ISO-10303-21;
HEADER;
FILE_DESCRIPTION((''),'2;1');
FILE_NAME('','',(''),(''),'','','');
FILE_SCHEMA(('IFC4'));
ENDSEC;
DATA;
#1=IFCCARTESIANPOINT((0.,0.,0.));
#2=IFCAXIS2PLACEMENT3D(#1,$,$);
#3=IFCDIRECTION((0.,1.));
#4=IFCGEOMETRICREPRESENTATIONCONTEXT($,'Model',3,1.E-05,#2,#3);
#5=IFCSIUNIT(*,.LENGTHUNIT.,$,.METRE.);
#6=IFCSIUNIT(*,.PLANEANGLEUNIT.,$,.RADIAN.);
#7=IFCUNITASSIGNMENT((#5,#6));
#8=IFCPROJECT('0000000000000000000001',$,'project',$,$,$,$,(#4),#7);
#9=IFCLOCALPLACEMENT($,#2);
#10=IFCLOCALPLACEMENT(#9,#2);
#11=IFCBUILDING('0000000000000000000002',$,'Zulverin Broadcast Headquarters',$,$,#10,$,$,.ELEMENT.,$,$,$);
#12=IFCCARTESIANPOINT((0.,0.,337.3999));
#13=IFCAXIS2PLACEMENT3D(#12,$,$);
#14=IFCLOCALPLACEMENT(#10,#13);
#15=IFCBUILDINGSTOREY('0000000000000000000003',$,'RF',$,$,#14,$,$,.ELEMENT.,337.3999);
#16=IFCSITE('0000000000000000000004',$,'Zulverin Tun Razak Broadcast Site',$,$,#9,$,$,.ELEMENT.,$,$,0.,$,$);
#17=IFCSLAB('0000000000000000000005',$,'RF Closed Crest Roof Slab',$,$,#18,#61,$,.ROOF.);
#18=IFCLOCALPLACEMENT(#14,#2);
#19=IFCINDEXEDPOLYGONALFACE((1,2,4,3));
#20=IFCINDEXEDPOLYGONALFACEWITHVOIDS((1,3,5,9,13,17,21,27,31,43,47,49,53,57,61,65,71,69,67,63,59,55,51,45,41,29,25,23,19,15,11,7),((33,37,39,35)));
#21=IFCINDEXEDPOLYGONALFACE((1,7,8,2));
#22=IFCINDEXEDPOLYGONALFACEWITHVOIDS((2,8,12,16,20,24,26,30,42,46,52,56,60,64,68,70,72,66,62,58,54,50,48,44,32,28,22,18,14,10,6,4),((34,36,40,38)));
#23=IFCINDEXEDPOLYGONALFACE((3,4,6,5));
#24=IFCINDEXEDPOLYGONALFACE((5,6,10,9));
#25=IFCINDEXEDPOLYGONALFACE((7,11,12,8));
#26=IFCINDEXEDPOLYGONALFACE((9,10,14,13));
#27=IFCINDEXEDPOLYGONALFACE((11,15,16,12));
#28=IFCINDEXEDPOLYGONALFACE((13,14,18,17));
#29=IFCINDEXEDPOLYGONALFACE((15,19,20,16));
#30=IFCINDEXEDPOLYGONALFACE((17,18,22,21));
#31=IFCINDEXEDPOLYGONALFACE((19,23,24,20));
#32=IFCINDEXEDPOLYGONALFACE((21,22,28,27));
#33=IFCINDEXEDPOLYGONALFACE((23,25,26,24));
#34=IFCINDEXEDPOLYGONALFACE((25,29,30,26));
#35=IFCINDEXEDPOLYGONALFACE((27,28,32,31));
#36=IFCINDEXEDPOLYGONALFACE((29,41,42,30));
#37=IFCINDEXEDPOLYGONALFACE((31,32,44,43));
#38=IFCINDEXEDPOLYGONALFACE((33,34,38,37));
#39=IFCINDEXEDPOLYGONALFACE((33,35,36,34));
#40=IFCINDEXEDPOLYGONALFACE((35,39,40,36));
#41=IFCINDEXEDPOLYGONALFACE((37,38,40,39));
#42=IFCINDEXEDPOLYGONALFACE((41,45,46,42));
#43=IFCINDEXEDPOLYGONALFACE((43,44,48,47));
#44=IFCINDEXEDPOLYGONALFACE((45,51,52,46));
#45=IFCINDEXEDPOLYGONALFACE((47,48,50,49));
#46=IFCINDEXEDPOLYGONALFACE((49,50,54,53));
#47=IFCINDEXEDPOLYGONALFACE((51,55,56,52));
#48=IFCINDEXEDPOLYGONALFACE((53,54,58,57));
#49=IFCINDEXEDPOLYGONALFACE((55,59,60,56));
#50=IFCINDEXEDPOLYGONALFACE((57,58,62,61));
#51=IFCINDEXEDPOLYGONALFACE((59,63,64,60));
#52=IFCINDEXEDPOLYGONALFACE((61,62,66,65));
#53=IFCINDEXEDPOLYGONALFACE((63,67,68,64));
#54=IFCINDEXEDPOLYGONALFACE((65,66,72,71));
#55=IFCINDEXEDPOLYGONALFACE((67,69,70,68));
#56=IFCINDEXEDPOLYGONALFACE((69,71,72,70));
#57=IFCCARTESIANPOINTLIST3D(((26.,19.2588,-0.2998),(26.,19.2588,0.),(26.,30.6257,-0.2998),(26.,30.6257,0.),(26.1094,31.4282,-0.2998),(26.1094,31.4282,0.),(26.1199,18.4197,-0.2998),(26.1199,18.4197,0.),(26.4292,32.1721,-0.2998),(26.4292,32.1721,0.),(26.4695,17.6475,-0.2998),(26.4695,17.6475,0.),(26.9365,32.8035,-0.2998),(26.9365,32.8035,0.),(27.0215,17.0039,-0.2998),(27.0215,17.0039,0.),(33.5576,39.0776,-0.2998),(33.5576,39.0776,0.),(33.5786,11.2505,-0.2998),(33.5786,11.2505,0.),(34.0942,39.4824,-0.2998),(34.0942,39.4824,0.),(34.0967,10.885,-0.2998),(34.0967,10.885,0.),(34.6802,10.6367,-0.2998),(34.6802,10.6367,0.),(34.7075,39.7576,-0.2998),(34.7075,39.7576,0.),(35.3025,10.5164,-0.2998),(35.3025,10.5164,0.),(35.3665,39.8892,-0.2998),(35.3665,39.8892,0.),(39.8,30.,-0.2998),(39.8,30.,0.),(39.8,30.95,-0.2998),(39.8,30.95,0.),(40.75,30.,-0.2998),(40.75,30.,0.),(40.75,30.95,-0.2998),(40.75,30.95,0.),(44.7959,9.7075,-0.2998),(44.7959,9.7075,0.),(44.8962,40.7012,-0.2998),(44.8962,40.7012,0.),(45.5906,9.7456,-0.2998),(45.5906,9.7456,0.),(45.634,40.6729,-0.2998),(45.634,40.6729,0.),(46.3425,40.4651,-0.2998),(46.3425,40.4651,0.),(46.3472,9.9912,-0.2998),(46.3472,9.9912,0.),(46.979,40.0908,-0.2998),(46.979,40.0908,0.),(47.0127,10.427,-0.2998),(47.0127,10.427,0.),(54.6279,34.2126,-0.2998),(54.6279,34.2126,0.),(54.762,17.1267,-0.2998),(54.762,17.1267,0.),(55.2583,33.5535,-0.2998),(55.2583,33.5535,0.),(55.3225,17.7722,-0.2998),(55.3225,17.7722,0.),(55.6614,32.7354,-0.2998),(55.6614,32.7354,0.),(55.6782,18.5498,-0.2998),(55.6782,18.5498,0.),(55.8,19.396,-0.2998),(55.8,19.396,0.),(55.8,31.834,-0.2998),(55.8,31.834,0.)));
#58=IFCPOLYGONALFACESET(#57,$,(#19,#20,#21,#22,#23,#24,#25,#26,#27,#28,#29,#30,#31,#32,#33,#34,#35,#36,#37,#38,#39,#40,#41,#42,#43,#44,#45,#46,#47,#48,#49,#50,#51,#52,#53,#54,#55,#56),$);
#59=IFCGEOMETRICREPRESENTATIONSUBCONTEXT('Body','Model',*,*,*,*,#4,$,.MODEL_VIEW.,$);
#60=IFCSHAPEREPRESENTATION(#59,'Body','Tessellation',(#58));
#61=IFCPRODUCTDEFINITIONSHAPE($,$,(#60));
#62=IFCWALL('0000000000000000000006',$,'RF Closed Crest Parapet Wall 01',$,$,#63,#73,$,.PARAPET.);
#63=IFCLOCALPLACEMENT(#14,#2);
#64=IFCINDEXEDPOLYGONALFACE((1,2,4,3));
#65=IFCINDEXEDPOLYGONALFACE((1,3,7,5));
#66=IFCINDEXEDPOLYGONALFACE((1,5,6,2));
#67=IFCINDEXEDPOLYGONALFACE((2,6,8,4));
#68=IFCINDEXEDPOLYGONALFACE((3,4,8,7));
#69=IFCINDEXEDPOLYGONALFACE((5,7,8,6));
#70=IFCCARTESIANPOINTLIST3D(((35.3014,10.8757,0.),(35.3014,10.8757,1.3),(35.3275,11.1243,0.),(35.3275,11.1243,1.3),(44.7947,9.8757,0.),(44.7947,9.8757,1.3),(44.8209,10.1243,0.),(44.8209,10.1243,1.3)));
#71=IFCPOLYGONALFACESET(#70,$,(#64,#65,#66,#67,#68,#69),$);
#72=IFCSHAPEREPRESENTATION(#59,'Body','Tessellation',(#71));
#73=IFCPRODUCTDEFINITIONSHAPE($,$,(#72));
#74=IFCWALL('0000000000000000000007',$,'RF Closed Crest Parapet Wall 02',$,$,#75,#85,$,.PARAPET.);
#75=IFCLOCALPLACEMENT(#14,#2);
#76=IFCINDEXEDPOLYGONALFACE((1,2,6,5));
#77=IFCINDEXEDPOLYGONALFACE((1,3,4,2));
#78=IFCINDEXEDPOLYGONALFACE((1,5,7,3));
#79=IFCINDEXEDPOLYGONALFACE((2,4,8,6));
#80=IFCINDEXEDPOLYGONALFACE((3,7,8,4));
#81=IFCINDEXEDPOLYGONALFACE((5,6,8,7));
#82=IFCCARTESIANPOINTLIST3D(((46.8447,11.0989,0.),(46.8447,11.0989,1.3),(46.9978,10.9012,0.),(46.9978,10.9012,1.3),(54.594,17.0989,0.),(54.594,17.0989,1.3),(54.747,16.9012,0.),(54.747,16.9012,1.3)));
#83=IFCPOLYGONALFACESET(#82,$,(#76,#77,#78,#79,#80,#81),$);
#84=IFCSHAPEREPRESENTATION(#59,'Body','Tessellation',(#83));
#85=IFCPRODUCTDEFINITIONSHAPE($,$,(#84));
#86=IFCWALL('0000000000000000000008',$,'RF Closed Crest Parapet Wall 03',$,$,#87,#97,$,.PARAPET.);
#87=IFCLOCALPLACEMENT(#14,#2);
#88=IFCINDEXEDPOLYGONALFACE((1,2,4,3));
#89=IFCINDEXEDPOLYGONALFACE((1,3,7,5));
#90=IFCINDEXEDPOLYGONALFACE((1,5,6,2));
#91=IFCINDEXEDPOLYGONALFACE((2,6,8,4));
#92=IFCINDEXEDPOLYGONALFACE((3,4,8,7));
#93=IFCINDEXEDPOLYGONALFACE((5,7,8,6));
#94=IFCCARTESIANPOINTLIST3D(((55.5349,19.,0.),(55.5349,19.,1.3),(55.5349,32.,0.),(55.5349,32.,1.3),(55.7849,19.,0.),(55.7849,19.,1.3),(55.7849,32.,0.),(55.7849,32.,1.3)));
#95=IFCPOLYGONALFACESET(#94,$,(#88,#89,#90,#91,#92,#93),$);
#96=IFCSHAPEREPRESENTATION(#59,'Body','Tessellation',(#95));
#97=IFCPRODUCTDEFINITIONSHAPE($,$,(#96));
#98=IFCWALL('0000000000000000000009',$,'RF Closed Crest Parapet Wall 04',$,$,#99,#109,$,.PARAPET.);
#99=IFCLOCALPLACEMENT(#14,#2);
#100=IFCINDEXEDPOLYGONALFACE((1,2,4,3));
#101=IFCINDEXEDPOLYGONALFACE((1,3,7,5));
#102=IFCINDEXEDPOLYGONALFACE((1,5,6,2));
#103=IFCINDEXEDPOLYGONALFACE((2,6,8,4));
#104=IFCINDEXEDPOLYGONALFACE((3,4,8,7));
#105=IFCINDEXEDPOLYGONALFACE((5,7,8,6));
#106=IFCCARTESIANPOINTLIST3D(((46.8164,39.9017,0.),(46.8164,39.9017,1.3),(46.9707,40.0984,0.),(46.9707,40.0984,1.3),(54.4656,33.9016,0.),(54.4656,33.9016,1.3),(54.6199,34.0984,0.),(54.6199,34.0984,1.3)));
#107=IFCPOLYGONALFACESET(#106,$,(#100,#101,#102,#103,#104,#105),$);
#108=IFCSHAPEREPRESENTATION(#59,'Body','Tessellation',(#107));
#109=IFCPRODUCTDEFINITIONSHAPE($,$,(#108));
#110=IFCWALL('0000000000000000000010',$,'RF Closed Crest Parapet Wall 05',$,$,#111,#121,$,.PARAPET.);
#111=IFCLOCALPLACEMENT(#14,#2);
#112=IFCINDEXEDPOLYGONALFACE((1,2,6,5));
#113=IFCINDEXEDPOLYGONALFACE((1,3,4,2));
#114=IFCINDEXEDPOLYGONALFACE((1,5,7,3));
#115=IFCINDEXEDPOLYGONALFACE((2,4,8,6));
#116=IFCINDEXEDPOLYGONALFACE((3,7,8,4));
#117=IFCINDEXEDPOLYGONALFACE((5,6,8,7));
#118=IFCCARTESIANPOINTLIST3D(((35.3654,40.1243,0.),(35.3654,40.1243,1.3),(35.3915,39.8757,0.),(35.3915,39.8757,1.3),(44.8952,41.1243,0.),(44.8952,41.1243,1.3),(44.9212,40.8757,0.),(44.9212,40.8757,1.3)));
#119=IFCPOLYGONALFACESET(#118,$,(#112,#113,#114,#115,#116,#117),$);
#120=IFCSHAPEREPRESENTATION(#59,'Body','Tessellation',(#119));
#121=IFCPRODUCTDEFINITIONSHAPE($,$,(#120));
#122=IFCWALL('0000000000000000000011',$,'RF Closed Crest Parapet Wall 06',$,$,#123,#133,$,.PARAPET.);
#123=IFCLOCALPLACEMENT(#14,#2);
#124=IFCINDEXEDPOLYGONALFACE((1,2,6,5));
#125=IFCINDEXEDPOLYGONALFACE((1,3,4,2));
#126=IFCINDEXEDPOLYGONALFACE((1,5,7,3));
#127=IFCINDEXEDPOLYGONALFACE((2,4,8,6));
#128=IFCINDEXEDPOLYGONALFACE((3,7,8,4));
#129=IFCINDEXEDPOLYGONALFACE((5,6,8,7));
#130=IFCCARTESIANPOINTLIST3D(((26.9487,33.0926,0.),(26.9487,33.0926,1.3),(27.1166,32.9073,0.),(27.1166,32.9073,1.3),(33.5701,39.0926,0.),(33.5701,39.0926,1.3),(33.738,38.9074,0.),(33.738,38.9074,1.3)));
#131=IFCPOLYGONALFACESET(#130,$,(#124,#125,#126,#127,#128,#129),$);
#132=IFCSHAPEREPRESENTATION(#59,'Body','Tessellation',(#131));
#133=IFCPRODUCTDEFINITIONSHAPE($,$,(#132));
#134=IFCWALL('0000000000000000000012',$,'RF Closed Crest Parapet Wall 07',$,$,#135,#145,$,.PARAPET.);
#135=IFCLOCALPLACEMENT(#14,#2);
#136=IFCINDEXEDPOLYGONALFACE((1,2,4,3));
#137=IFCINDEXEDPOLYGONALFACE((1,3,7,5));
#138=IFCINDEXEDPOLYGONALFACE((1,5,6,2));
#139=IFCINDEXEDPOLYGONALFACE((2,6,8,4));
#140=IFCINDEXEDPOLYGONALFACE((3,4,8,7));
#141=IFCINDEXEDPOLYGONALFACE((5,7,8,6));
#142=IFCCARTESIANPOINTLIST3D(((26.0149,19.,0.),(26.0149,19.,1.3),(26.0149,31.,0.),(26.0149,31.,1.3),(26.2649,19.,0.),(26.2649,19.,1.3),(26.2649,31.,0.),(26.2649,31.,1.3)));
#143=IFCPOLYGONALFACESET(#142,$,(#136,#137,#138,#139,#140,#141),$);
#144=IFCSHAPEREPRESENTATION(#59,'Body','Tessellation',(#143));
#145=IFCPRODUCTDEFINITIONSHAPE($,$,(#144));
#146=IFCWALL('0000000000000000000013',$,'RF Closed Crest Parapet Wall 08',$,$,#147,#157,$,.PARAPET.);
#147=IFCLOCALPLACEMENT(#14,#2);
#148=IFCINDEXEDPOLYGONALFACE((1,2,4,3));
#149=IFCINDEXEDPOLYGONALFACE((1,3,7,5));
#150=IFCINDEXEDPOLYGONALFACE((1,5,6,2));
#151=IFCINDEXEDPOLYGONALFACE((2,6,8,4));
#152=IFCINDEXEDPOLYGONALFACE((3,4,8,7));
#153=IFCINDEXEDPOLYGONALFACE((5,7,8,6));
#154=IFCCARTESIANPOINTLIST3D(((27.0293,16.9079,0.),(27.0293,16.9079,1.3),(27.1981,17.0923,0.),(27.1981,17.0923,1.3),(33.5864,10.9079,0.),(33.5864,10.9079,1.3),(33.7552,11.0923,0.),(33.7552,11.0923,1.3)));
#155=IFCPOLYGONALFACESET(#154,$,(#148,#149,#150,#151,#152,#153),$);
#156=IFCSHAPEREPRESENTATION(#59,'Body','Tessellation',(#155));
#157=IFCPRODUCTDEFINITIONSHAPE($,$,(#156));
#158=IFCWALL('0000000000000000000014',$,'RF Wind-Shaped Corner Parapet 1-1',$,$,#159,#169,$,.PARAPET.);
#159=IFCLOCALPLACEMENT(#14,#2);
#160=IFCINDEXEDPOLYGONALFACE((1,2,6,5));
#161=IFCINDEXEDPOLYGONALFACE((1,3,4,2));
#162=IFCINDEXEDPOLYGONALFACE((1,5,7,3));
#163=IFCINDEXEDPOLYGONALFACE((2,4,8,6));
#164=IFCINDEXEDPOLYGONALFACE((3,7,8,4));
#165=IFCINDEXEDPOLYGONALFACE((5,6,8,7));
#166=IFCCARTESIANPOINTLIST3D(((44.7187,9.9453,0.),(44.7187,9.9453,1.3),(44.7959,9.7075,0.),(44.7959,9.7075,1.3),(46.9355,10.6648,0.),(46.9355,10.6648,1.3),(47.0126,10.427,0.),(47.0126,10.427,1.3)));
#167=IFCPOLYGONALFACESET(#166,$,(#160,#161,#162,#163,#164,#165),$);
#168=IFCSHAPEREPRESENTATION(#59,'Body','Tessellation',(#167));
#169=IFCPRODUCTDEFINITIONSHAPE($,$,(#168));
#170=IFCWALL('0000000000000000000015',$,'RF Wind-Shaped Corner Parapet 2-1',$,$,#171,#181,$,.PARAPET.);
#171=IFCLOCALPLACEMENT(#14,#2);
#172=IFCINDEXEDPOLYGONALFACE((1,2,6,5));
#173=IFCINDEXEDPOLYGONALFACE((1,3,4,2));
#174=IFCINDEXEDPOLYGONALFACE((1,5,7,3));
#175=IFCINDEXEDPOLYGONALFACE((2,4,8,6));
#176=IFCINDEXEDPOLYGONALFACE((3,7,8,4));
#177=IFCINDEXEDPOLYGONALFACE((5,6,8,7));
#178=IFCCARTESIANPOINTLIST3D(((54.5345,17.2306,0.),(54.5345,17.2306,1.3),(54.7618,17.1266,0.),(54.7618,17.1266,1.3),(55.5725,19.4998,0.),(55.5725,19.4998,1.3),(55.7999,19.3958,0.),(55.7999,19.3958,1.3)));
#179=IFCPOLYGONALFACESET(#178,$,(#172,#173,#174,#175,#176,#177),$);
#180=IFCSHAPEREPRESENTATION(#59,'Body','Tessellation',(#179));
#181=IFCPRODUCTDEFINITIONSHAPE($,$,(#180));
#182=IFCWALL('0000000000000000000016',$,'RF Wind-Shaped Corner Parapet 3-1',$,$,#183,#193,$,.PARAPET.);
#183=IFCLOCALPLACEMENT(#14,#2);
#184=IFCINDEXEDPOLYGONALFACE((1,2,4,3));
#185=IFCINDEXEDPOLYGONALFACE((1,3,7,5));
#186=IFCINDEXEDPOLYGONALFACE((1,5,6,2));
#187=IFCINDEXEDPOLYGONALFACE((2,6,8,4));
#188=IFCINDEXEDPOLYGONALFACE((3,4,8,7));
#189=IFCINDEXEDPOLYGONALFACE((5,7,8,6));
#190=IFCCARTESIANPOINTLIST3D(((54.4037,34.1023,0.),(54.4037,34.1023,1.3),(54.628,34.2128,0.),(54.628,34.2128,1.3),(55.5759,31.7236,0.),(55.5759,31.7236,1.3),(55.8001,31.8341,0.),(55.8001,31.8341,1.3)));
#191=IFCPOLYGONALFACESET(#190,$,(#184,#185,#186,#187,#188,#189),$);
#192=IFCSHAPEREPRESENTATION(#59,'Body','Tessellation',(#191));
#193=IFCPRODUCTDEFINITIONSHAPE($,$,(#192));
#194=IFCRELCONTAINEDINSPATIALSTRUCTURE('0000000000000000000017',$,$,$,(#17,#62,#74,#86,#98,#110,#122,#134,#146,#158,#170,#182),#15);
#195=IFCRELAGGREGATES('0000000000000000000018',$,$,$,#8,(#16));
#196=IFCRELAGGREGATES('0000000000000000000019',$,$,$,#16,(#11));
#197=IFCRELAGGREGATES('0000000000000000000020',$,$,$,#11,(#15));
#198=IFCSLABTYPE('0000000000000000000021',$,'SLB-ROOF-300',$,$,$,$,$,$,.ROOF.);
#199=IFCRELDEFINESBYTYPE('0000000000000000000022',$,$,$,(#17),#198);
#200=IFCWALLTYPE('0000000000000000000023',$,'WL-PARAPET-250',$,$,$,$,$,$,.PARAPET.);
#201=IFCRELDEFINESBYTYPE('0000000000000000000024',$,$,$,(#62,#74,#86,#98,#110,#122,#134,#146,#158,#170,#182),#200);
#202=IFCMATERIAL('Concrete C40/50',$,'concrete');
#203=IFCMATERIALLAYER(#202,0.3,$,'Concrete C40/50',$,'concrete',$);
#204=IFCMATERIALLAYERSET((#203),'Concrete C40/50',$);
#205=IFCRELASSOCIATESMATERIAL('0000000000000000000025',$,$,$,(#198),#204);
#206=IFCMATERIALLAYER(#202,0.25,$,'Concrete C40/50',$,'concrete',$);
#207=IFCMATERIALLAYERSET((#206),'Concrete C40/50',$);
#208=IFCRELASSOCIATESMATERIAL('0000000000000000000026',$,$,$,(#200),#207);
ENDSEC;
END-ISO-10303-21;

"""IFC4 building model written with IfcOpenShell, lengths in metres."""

from ifc_helpers import new_model, si_unit, direction, frame, frame_2d, origin, place, context, subcontext, project, spatial, polyline, rectangle, outline, extrude, material, layer, layer_set, type_object, element, save


model = new_model("IFC4")

# Units and contexts
model_context = context("Model", 3, precision=1e-05, world=origin(), true_north=direction((0.0, 1.0)))
body_context = subcontext(model_context, "Body", "Model", "MODEL_VIEW")
ifc_project = project(units=[si_unit("LENGTHUNIT", "METRE"), si_unit("PLANEANGLEUNIT", "RADIAN")], contexts=[model_context])

# Site, building, storey
site_placement = place(None, origin())
site = spatial("IfcSite", under=ifc_project, at=site_placement, Name="Zulverin Tun Razak Broadcast Site", CompositionType="ELEMENT", RefElevation=0.0)
building_placement = place(site_placement, origin())
building = spatial("IfcBuilding", under=site, at=building_placement, Name="Zulverin Broadcast Headquarters", CompositionType="ELEMENT")
storey_placement = place(building_placement, frame((0.0, 0.0, 337.3999)))
storey = spatial("IfcBuildingStorey", under=building, at=storey_placement, Name="RF", CompositionType="ELEMENT", Elevation=337.3999)

# Slab
ifc_material_1 = material(Name="Concrete C40/50", Category="concrete")
ifc_layer_1 = layer(ifc_material_1, 0.3, Name="Concrete C40/50", Category="concrete")
ifc_layer_set_1 = layer_set([ifc_layer_1], Name="Concrete C40/50")
slab_type = type_object("IfcSlabType", Name="SLB-ROOF-300", PredefinedType="ROOF", material=ifc_layer_set_1)
slab_placement = place(storey_placement, frame((0.0, 0.0, -0.2998)))
element("IfcSlab", 1, at=slab_placement, inside=storey, type_object=slab_type, Name="RF Closed Crest Roof Slab", PredefinedType="ROOF", context=body_context, shape_type="SweptSolid", body=[
    extrude(outline(polyline([(33.5786, 11.2505), (34.0967, 10.885), (34.6802, 10.6367), (35.3025, 10.5164), (44.7959, 9.7075), (45.5906, 9.7456), (46.3472, 9.9912), (47.0127, 10.427), (54.762, 17.1267), (55.3225, 17.7722), (55.6782, 18.5498), (55.8, 19.396), (55.8, 31.834), (55.6614, 32.7354), (55.2583, 33.5535), (54.6279, 34.2126), (46.979, 40.0908), (46.3425, 40.4651), (45.634, 40.6729), (44.8962, 40.7012), (35.3665, 39.8892), (34.7075, 39.7576), (34.0942, 39.4824), (33.5576, 39.0776), (26.9365, 32.8035), (26.4292, 32.1721), (26.1094, 31.4282), (26.0, 30.6257), (26.0, 19.2588), (26.1199, 18.4197), (26.4695, 17.6475), (27.0215, 17.0039), (33.5786, 11.2505)]), holes=[polyline([(39.8, 30.0), (40.75, 30.0), (40.75, 30.95), (39.8, 30.95), (39.8, 30.0)])]), origin(), (0.0, 0.0, 1.0), 0.2998),
])

# Walls
ifc_layer_2 = layer(ifc_material_1, 0.25, Name="Concrete C40/50", Category="concrete")
ifc_layer_set_2 = layer_set([ifc_layer_2], Name="Concrete C40/50")
wall_type = type_object("IfcWallType", Name="WL-PARAPET-250", PredefinedType="PARAPET", material=ifc_layer_set_2)
wall_1_placement = place(storey_placement, frame((35.3145, 11.0, 0.0), z_axis=(0.0, 0.0, 1.0), x_axis=(0.994498, -0.104757, 0.0)))
element("IfcWall", 2, at=wall_1_placement, inside=storey, type_object=wall_type, Name="RF Closed Crest Parapet Wall 01", PredefinedType="PARAPET", context=body_context, shape_type="SweptSolid", body=[
    extrude(rectangle(XDim=9.5459, YDim=0.25, at=frame_2d((4.7729, 0.0))), origin(), (0.0, 0.0, 1.0), 1.3),
])
wall_2_placement = place(storey_placement, frame((46.9211, 11.0, 0.0), z_axis=(0.0, 0.0, 1.0), x_axis=(0.790696, 0.612209, 0.0)))
element("IfcWall", 3, at=wall_2_placement, inside=storey, type_object=wall_type, Name="RF Closed Crest Parapet Wall 02", PredefinedType="PARAPET", context=body_context, shape_type="SweptSolid", body=[
    extrude(rectangle(XDim=9.8005, YDim=0.25, at=frame_2d((4.9004, 0.0))), origin(), (0.0, 0.0, 1.0), 1.3),
])
wall_3_placement = place(storey_placement, frame((55.6599, 19.0, 0.0), z_axis=(0.0, 0.0, 1.0), x_axis=(0.0, 1.0, 0.0)))
element("IfcWall", 4, at=wall_3_placement, inside=storey, type_object=wall_type, Name="RF Closed Crest Parapet Wall 03", PredefinedType="PARAPET", context=body_context, shape_type="SweptSolid", body=[
    extrude(rectangle(XDim=13.0, YDim=0.25, at=frame_2d((6.5, 0.0))), origin(), (0.0, 0.0, 1.0), 1.3),
])
wall_4_placement = place(storey_placement, frame((54.5427, 34.0, 0.0), z_axis=(0.0, 0.0, 1.0), x_axis=(-0.786821, 0.617181, 0.0)))
element("IfcWall", 5, at=wall_4_placement, inside=storey, type_object=wall_type, Name="RF Closed Crest Parapet Wall 04", PredefinedType="PARAPET", context=body_context, shape_type="SweptSolid", body=[
    extrude(rectangle(XDim=9.7217, YDim=0.25, at=frame_2d((4.8608, 0.0))), origin(), (0.0, 0.0, 1.0), 1.3),
])
wall_5_placement = place(storey_placement, frame((44.9082, 41.0, 0.0), z_axis=(0.0, 0.0, 1.0), x_axis=(-0.994539, -0.104361, 0.0)))
element("IfcWall", 6, at=wall_5_placement, inside=storey, type_object=wall_type, Name="RF Closed Crest Parapet Wall 05", PredefinedType="PARAPET", context=body_context, shape_type="SweptSolid", body=[
    extrude(rectangle(XDim=9.582, YDim=0.25, at=frame_2d((4.791, 0.0))), origin(), (0.0, 0.0, 1.0), 1.3),
])
wall_6_placement = place(storey_placement, frame((33.6541, 39.0, 0.0), z_axis=(0.0, 0.0, 1.0), x_axis=(-0.74102, -0.671483, 0.0)))
element("IfcWall", 7, at=wall_6_placement, inside=storey, type_object=wall_type, Name="RF Closed Crest Parapet Wall 06", PredefinedType="PARAPET", context=body_context, shape_type="SweptSolid", body=[
    extrude(rectangle(XDim=8.9355, YDim=0.25, at=frame_2d((4.4678, 0.0))), origin(), (0.0, 0.0, 1.0), 1.3),
])
wall_7_placement = place(storey_placement, frame((26.1399, 31.0, 0.0), z_axis=(0.0, 0.0, 1.0), x_axis=(0.0, -1.0, 0.0)))
element("IfcWall", 8, at=wall_7_placement, inside=storey, type_object=wall_type, Name="RF Closed Crest Parapet Wall 07", PredefinedType="PARAPET", context=body_context, shape_type="SweptSolid", body=[
    extrude(rectangle(XDim=12.0, YDim=0.25, at=frame_2d((6.0, 0.0))), origin(), (0.0, 0.0, 1.0), 1.3),
])
wall_8_placement = place(storey_placement, frame((27.1138, 17.0, 0.0), z_axis=(0.0, 0.0, 1.0), x_axis=(0.737754, -0.67507, 0.0)))
element("IfcWall", 9, at=wall_8_placement, inside=storey, type_object=wall_type, Name="RF Closed Crest Parapet Wall 08", PredefinedType="PARAPET", context=body_context, shape_type="SweptSolid", body=[
    extrude(rectangle(XDim=8.8879, YDim=0.25, at=frame_2d((4.4438, 0.0))), origin(), (0.0, 0.0, 1.0), 1.3),
])
wall_9_placement = place(storey_placement, frame((44.7573, 9.8264, 0.0), z_axis=(0.0, 0.0, 1.0), x_axis=(0.951157, 0.308707, 0.0)))
element("IfcWall", 10, at=wall_9_placement, inside=storey, type_object=wall_type, Name="RF Wind-Shaped Corner Parapet 1-1", PredefinedType="PARAPET", context=body_context, shape_type="SweptSolid", body=[
    extrude(rectangle(XDim=2.3306, YDim=0.25, at=frame_2d((1.1653, 0.0))), origin(), (0.0, 0.0, 1.0), 1.3),
])
wall_10_placement = place(storey_placement, frame((54.6482, 17.1787, 0.0), z_axis=(0.0, 0.0, 1.0), x_axis=(0.415991, 0.909369, 0.0)))
element("IfcWall", 11, at=wall_10_placement, inside=storey, type_object=wall_type, Name="RF Wind-Shaped Corner Parapet 2-1", PredefinedType="PARAPET", context=body_context, shape_type="SweptSolid", body=[
    extrude(rectangle(XDim=2.4954, YDim=0.25, at=frame_2d((1.2476, 0.0))), origin(), (0.0, 0.0, 1.0), 1.3),
])
wall_11_placement = place(storey_placement, frame((55.688, 31.7788, 0.0), z_axis=(0.0, 0.0, 1.0), x_axis=(-0.442013, 0.897008, 0.0)))
element("IfcWall", 12, at=wall_11_placement, inside=storey, type_object=wall_type, Name="RF Wind-Shaped Corner Parapet 3-1", PredefinedType="PARAPET", context=body_context, shape_type="SweptSolid", body=[
    extrude(rectangle(XDim=2.6519, YDim=0.25, at=frame_2d((1.3259, 0.0))), origin(), (0.0, 0.0, 1.0), 1.3),
])

save(model, "model.ifc")
